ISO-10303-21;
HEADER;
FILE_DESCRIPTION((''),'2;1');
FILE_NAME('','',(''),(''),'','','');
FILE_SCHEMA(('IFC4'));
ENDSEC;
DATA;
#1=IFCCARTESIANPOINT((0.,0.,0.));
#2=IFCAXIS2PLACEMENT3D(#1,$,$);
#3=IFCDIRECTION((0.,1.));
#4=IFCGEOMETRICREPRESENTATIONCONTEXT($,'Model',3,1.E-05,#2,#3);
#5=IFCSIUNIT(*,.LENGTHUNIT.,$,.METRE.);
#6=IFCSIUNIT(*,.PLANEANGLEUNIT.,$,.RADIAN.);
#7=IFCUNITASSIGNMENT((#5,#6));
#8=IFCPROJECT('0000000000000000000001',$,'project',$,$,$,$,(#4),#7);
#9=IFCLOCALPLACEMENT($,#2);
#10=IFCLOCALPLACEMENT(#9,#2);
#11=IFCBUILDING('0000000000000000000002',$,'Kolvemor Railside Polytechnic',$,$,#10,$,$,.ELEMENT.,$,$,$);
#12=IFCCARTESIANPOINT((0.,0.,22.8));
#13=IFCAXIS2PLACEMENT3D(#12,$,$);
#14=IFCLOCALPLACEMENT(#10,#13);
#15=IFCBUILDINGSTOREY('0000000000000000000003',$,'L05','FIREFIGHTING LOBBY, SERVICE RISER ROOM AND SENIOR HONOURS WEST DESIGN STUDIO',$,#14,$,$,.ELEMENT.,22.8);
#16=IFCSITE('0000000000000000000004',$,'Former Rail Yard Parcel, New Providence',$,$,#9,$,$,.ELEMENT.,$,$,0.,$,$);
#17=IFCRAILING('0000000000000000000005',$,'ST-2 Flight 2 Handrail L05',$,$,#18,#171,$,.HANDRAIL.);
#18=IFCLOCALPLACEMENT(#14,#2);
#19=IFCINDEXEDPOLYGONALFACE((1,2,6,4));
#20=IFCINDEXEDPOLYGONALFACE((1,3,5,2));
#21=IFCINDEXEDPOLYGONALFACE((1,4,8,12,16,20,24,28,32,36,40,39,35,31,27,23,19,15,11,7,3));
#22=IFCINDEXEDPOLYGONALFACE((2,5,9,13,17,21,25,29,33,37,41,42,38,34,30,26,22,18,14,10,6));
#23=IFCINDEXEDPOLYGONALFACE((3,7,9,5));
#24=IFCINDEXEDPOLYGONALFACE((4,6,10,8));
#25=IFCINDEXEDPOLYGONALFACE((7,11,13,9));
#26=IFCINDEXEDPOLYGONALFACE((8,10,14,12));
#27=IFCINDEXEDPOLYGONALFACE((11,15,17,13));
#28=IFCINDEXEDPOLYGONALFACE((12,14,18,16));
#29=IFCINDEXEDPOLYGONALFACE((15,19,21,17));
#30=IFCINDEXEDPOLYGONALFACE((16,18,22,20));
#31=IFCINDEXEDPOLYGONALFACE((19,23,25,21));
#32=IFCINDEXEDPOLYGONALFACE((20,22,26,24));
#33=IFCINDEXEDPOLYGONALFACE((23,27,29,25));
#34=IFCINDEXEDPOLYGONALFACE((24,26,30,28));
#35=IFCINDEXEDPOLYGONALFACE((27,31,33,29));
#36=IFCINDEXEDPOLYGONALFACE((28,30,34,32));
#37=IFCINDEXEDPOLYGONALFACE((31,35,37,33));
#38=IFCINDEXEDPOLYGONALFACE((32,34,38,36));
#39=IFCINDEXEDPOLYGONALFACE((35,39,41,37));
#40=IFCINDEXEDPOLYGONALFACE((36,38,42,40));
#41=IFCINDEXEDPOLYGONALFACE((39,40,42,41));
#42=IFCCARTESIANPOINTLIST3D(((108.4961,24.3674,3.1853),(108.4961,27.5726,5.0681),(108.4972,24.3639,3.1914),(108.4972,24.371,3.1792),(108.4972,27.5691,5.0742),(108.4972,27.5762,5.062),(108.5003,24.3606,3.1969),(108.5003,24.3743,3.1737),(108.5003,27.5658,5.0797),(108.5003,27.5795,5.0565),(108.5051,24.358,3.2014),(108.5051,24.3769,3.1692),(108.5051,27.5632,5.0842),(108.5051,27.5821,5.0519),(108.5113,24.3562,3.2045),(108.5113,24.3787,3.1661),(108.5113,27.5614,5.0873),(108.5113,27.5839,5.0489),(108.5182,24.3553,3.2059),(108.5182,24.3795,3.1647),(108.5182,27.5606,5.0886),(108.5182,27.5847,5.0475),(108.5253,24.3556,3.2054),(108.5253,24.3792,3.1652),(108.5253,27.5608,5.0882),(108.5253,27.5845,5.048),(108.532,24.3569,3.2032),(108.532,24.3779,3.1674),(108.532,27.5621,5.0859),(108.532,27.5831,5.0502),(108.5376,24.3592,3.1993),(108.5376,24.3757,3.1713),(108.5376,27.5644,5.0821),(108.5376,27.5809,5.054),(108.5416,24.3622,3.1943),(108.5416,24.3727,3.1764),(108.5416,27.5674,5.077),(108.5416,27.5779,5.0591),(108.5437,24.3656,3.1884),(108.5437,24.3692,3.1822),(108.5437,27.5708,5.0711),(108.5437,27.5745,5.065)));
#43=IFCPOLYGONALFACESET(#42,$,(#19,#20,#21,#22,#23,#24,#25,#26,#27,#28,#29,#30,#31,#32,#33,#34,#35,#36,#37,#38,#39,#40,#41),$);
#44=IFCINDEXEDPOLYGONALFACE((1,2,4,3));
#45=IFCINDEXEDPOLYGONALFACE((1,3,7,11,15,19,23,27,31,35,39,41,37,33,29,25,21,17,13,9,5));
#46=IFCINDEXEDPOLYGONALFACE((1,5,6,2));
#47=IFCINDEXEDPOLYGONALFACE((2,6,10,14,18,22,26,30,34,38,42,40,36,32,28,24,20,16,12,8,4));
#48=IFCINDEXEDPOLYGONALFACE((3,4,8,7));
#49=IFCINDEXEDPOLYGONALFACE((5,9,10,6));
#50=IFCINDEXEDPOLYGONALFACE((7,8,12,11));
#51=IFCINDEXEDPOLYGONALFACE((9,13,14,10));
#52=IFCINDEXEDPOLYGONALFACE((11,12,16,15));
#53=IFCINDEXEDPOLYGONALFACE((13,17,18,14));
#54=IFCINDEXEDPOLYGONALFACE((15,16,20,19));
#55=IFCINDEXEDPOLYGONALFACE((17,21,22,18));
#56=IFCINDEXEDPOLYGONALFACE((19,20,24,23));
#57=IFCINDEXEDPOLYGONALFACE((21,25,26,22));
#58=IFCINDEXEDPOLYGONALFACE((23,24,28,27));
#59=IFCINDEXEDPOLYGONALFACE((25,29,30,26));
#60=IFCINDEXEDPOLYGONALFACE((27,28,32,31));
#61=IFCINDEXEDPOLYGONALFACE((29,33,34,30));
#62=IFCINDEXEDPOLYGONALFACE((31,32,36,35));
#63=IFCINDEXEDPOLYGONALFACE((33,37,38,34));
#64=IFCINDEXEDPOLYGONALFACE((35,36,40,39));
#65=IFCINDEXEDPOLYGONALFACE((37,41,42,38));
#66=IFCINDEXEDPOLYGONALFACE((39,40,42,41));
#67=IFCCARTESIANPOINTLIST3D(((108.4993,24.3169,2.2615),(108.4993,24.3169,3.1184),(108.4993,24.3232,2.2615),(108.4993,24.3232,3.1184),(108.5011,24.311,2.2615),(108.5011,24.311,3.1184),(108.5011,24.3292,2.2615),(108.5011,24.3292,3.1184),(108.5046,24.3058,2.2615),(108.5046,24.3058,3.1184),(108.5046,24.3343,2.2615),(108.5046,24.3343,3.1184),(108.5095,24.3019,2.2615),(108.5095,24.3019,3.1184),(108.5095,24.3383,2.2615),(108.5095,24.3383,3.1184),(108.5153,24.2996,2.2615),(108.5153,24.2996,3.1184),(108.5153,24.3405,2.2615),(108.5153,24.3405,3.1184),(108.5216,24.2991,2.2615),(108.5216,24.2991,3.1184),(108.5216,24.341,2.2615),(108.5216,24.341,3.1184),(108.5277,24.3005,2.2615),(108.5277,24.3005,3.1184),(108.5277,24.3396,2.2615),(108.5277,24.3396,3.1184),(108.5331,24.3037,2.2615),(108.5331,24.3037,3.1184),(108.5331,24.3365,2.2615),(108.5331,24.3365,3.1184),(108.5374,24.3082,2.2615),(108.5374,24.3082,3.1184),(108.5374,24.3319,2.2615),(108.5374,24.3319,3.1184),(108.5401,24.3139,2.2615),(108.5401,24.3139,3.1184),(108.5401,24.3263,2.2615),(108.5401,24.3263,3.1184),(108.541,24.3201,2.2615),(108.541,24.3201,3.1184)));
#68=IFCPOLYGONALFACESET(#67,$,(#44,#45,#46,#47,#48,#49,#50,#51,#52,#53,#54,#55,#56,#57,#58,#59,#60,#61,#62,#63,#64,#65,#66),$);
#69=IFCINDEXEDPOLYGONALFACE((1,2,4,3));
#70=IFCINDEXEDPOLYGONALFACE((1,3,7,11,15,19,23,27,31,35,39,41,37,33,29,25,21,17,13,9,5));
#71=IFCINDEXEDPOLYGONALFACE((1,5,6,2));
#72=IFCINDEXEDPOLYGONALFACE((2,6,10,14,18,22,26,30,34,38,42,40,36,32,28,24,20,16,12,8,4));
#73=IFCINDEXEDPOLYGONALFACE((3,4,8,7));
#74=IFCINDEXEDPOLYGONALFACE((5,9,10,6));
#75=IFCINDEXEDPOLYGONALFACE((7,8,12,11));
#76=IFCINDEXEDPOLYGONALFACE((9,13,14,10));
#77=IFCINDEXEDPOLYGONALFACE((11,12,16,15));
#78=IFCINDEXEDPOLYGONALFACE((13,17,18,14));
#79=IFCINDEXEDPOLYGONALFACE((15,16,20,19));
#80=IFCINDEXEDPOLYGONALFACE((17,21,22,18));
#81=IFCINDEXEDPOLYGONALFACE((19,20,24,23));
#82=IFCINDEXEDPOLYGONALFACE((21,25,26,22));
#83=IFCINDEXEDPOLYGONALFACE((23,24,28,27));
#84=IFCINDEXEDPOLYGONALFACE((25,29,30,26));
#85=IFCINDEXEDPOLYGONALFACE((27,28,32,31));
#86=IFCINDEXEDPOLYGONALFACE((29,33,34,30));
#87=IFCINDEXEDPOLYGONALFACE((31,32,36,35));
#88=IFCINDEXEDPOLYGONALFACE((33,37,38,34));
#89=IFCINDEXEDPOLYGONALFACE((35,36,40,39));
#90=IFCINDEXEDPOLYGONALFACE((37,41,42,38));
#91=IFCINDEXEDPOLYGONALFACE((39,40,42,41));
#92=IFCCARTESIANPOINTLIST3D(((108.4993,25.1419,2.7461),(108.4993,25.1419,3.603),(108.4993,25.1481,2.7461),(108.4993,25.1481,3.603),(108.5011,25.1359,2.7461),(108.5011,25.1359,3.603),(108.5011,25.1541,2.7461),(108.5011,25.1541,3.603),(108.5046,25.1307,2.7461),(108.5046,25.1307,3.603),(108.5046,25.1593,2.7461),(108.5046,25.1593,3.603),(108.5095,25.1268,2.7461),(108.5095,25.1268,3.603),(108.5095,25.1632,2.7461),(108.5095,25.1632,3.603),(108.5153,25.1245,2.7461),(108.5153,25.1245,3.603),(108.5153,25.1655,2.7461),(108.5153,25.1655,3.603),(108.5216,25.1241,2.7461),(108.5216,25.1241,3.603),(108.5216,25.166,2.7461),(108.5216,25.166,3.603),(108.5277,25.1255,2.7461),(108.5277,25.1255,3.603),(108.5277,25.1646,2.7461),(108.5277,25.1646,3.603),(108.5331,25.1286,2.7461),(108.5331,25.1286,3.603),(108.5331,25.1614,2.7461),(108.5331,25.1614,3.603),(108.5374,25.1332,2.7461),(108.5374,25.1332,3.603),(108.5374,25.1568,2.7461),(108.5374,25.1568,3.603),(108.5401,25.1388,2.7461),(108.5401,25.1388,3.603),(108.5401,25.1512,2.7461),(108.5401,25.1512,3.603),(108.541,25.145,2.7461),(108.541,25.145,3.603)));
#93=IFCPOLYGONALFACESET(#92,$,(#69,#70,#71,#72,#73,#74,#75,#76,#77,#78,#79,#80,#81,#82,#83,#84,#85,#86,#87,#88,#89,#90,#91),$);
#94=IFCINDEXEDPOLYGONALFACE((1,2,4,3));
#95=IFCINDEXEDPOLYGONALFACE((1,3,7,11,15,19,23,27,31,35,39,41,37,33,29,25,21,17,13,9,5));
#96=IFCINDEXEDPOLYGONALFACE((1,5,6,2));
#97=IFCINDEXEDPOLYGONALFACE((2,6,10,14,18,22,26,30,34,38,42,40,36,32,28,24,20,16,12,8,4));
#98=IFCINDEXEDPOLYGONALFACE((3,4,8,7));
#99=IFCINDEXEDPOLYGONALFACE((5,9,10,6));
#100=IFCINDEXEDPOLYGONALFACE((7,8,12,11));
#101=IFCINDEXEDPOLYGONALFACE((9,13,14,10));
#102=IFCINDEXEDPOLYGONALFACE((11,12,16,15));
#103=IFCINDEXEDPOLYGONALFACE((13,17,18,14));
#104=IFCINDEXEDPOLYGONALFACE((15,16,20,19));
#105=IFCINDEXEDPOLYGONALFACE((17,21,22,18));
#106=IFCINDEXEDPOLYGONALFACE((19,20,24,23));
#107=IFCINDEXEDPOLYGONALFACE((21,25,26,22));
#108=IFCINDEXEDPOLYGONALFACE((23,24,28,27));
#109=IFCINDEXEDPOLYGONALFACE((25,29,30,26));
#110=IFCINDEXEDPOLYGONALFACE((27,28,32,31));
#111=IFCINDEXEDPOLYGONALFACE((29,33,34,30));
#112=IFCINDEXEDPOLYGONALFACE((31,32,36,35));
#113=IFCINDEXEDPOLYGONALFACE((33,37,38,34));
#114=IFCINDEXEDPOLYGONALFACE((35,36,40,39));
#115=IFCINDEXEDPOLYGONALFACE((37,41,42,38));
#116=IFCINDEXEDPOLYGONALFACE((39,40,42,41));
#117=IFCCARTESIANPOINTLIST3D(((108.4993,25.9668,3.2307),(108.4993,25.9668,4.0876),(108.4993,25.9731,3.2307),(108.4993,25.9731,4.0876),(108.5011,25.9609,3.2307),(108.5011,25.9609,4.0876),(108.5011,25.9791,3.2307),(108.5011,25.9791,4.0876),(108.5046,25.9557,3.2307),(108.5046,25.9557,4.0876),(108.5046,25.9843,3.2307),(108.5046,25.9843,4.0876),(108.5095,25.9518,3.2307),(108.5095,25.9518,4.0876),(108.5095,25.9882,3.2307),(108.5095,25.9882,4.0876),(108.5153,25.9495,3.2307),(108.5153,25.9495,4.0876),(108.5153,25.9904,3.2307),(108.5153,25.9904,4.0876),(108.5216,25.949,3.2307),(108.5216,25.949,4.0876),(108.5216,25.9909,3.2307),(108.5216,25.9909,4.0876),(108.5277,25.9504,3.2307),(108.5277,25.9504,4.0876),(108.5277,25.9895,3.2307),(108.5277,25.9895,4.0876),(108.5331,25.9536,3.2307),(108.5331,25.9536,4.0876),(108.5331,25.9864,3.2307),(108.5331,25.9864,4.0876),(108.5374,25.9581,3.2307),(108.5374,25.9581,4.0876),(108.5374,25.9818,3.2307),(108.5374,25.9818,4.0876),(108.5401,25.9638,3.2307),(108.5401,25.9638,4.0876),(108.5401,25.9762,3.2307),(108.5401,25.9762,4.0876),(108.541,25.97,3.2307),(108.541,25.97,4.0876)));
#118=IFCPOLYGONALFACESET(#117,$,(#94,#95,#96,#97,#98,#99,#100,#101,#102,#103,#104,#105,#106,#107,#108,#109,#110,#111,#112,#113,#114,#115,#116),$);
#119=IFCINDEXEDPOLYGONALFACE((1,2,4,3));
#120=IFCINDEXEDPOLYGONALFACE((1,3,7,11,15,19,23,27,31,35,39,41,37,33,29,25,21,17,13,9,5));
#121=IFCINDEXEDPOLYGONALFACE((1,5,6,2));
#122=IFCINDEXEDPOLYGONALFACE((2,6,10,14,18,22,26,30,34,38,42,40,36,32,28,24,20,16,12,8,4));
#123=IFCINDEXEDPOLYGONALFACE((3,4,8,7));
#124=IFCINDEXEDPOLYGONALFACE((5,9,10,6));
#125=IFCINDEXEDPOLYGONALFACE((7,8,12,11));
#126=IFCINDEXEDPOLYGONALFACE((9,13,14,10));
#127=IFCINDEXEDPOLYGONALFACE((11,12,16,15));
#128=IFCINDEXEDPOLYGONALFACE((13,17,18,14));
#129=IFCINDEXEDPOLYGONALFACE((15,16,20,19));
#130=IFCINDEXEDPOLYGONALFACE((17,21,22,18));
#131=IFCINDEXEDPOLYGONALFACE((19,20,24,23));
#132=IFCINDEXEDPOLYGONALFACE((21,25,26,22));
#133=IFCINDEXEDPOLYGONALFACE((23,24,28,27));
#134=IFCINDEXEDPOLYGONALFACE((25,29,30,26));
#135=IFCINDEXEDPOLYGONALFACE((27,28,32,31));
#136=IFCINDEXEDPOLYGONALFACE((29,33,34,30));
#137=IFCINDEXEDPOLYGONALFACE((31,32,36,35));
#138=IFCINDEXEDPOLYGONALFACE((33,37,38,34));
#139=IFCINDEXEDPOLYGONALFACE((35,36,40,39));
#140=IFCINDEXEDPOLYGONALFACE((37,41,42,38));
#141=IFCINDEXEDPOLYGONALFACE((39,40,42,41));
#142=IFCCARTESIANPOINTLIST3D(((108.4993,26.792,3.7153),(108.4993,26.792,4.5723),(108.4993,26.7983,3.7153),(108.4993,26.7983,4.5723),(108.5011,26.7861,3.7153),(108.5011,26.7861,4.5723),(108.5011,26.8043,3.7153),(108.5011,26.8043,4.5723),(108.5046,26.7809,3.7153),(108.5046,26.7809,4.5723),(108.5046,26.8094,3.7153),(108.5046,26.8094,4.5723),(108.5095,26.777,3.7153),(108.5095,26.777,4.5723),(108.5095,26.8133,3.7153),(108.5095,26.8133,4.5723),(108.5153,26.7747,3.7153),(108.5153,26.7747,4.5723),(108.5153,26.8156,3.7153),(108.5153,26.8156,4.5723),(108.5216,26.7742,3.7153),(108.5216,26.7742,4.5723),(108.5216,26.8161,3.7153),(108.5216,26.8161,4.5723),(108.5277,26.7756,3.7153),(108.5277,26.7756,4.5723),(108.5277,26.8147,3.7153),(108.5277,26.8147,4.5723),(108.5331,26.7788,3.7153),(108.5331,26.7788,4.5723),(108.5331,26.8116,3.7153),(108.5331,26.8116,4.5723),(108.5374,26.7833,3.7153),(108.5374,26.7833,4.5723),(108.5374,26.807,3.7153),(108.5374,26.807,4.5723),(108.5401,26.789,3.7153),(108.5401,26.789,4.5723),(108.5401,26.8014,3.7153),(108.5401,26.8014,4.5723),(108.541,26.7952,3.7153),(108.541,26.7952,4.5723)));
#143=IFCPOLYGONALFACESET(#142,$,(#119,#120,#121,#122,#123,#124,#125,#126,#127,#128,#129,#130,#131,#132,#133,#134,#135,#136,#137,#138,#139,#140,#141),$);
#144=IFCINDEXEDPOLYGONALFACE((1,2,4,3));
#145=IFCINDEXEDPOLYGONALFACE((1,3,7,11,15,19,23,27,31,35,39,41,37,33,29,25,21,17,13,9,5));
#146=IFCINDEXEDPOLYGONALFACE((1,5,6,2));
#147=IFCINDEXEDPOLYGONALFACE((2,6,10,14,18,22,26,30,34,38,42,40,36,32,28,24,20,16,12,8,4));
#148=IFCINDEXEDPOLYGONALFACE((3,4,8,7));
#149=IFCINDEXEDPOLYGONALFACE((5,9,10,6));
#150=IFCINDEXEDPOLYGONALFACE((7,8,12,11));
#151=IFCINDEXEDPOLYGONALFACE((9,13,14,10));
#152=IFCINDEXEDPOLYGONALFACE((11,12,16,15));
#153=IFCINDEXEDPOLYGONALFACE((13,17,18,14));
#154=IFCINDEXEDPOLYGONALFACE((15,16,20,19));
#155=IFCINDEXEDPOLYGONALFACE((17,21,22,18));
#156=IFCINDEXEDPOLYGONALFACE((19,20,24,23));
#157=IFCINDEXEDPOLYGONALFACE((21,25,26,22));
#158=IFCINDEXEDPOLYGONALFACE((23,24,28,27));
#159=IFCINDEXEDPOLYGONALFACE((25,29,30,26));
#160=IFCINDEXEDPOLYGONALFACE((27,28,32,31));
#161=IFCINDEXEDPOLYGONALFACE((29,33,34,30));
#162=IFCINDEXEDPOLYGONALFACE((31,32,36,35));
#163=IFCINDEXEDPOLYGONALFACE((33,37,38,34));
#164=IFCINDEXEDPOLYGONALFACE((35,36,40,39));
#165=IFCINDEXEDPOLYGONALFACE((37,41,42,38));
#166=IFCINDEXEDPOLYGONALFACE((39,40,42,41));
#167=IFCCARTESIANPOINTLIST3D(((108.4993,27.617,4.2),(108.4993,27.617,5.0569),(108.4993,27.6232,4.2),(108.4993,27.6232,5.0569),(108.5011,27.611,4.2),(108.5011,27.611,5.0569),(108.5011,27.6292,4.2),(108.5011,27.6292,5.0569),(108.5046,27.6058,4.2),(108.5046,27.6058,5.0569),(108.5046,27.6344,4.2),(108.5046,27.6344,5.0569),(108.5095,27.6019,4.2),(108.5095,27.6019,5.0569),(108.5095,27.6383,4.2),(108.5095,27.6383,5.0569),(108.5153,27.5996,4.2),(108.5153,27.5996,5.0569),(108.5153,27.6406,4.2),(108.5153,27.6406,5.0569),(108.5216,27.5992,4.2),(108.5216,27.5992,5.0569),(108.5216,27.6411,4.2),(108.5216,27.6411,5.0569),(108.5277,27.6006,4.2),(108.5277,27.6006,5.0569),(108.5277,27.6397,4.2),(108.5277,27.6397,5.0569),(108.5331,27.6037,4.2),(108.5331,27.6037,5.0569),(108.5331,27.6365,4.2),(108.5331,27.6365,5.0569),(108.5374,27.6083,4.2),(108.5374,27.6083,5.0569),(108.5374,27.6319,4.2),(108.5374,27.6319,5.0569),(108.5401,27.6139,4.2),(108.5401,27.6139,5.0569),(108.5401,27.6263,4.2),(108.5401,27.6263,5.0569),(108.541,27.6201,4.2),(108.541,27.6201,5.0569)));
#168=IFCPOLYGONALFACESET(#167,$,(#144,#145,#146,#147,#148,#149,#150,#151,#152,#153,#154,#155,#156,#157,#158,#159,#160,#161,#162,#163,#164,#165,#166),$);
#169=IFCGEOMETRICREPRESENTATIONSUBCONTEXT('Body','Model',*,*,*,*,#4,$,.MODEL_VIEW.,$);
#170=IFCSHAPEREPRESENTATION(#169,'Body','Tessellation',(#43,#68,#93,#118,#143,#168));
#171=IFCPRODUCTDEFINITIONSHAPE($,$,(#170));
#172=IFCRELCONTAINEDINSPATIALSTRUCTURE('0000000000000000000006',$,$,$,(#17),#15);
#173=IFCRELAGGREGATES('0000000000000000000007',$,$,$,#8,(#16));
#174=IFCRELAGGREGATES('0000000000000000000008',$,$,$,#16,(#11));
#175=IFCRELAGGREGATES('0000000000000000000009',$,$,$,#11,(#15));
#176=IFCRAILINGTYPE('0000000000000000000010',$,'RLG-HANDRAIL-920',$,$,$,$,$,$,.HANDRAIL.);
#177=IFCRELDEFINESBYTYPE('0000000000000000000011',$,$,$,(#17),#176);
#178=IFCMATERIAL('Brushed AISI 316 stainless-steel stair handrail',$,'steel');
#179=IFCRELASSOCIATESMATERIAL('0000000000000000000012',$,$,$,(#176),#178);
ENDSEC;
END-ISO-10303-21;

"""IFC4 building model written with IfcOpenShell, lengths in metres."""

from ifc_helpers import new_model, si_unit, direction, frame, origin, origin_2d, place, context, subcontext, project, spatial, circle, extrude, material, type_object, element, save


model = new_model("IFC4")

# Units and contexts
model_context = context("Model", 3, precision=1e-05, world=origin(), true_north=direction((0.0, 1.0)))
body_context = subcontext(model_context, "Body", "Model", "MODEL_VIEW")
ifc_project = project(units=[si_unit("LENGTHUNIT", "METRE"), si_unit("PLANEANGLEUNIT", "RADIAN")], contexts=[model_context])

# Site, building, storey
site_placement = place(None, origin())
site = spatial("IfcSite", under=ifc_project, at=site_placement, Name="Former Rail Yard Parcel, New Providence", CompositionType="ELEMENT", RefElevation=0.0)
building_placement = place(site_placement, origin())
building = spatial("IfcBuilding", under=site, at=building_placement, Name="Kolvemor Railside Polytechnic", CompositionType="ELEMENT")
storey_placement = place(building_placement, frame((0.0, 0.0, 22.8)))
storey = spatial("IfcBuildingStorey", under=building, at=storey_placement, Name="L05", Description="FIREFIGHTING LOBBY, SERVICE RISER ROOM AND SENIOR HONOURS WEST DESIGN STUDIO", CompositionType="ELEMENT", Elevation=22.8)

# Railing
ifc_material_1 = material(Name="Brushed AISI 316 stainless-steel stair handrail", Category="steel")
railing_type_1 = type_object("IfcRailingType", Name="RLG-HANDRAIL-920", PredefinedType="HANDRAIL", material=ifc_material_1)
railing_1_placement = place(storey_placement, frame((108.52, 24.3201, 2.2615)))
element("IfcRailing", 1, at=railing_1_placement, inside=storey, type_object=railing_type_1, Name="ST-2 Flight 2 Handrail L05", PredefinedType="HANDRAIL", context=body_context, shape_type="SweptSolid", body=[
    extrude(circle(Radius=0.0239, at=origin_2d()), frame((0.0, 0.0474, 0.9238), z_axis=(0.0, 0.862246, 0.50649), x_axis=(-1.0, 0.0, 0.0)), (0.0, 0.0, 1.0), 3.7173),
    extrude(circle(Radius=0.021, at=origin_2d()), origin(), (0.0, 0.0, 1.0), 0.8569),
    extrude(circle(Radius=0.021, at=origin_2d()), frame((0.0, 0.825, 0.4846)), (0.0, 0.0, 1.0), 0.8569),
    extrude(circle(Radius=0.021, at=origin_2d()), frame((0.0, 1.6499, 0.9692)), (0.0, 0.0, 1.0), 0.8569),
    extrude(circle(Radius=0.021, at=origin_2d()), frame((0.0, 2.4751, 1.4539)), (0.0, 0.0, 1.0), 0.8569),
    extrude(circle(Radius=0.021, at=origin_2d()), frame((0.0, 3.3, 1.9385)), (0.0, 0.0, 1.0), 0.8569),
])

save(model, "model.ifc")
